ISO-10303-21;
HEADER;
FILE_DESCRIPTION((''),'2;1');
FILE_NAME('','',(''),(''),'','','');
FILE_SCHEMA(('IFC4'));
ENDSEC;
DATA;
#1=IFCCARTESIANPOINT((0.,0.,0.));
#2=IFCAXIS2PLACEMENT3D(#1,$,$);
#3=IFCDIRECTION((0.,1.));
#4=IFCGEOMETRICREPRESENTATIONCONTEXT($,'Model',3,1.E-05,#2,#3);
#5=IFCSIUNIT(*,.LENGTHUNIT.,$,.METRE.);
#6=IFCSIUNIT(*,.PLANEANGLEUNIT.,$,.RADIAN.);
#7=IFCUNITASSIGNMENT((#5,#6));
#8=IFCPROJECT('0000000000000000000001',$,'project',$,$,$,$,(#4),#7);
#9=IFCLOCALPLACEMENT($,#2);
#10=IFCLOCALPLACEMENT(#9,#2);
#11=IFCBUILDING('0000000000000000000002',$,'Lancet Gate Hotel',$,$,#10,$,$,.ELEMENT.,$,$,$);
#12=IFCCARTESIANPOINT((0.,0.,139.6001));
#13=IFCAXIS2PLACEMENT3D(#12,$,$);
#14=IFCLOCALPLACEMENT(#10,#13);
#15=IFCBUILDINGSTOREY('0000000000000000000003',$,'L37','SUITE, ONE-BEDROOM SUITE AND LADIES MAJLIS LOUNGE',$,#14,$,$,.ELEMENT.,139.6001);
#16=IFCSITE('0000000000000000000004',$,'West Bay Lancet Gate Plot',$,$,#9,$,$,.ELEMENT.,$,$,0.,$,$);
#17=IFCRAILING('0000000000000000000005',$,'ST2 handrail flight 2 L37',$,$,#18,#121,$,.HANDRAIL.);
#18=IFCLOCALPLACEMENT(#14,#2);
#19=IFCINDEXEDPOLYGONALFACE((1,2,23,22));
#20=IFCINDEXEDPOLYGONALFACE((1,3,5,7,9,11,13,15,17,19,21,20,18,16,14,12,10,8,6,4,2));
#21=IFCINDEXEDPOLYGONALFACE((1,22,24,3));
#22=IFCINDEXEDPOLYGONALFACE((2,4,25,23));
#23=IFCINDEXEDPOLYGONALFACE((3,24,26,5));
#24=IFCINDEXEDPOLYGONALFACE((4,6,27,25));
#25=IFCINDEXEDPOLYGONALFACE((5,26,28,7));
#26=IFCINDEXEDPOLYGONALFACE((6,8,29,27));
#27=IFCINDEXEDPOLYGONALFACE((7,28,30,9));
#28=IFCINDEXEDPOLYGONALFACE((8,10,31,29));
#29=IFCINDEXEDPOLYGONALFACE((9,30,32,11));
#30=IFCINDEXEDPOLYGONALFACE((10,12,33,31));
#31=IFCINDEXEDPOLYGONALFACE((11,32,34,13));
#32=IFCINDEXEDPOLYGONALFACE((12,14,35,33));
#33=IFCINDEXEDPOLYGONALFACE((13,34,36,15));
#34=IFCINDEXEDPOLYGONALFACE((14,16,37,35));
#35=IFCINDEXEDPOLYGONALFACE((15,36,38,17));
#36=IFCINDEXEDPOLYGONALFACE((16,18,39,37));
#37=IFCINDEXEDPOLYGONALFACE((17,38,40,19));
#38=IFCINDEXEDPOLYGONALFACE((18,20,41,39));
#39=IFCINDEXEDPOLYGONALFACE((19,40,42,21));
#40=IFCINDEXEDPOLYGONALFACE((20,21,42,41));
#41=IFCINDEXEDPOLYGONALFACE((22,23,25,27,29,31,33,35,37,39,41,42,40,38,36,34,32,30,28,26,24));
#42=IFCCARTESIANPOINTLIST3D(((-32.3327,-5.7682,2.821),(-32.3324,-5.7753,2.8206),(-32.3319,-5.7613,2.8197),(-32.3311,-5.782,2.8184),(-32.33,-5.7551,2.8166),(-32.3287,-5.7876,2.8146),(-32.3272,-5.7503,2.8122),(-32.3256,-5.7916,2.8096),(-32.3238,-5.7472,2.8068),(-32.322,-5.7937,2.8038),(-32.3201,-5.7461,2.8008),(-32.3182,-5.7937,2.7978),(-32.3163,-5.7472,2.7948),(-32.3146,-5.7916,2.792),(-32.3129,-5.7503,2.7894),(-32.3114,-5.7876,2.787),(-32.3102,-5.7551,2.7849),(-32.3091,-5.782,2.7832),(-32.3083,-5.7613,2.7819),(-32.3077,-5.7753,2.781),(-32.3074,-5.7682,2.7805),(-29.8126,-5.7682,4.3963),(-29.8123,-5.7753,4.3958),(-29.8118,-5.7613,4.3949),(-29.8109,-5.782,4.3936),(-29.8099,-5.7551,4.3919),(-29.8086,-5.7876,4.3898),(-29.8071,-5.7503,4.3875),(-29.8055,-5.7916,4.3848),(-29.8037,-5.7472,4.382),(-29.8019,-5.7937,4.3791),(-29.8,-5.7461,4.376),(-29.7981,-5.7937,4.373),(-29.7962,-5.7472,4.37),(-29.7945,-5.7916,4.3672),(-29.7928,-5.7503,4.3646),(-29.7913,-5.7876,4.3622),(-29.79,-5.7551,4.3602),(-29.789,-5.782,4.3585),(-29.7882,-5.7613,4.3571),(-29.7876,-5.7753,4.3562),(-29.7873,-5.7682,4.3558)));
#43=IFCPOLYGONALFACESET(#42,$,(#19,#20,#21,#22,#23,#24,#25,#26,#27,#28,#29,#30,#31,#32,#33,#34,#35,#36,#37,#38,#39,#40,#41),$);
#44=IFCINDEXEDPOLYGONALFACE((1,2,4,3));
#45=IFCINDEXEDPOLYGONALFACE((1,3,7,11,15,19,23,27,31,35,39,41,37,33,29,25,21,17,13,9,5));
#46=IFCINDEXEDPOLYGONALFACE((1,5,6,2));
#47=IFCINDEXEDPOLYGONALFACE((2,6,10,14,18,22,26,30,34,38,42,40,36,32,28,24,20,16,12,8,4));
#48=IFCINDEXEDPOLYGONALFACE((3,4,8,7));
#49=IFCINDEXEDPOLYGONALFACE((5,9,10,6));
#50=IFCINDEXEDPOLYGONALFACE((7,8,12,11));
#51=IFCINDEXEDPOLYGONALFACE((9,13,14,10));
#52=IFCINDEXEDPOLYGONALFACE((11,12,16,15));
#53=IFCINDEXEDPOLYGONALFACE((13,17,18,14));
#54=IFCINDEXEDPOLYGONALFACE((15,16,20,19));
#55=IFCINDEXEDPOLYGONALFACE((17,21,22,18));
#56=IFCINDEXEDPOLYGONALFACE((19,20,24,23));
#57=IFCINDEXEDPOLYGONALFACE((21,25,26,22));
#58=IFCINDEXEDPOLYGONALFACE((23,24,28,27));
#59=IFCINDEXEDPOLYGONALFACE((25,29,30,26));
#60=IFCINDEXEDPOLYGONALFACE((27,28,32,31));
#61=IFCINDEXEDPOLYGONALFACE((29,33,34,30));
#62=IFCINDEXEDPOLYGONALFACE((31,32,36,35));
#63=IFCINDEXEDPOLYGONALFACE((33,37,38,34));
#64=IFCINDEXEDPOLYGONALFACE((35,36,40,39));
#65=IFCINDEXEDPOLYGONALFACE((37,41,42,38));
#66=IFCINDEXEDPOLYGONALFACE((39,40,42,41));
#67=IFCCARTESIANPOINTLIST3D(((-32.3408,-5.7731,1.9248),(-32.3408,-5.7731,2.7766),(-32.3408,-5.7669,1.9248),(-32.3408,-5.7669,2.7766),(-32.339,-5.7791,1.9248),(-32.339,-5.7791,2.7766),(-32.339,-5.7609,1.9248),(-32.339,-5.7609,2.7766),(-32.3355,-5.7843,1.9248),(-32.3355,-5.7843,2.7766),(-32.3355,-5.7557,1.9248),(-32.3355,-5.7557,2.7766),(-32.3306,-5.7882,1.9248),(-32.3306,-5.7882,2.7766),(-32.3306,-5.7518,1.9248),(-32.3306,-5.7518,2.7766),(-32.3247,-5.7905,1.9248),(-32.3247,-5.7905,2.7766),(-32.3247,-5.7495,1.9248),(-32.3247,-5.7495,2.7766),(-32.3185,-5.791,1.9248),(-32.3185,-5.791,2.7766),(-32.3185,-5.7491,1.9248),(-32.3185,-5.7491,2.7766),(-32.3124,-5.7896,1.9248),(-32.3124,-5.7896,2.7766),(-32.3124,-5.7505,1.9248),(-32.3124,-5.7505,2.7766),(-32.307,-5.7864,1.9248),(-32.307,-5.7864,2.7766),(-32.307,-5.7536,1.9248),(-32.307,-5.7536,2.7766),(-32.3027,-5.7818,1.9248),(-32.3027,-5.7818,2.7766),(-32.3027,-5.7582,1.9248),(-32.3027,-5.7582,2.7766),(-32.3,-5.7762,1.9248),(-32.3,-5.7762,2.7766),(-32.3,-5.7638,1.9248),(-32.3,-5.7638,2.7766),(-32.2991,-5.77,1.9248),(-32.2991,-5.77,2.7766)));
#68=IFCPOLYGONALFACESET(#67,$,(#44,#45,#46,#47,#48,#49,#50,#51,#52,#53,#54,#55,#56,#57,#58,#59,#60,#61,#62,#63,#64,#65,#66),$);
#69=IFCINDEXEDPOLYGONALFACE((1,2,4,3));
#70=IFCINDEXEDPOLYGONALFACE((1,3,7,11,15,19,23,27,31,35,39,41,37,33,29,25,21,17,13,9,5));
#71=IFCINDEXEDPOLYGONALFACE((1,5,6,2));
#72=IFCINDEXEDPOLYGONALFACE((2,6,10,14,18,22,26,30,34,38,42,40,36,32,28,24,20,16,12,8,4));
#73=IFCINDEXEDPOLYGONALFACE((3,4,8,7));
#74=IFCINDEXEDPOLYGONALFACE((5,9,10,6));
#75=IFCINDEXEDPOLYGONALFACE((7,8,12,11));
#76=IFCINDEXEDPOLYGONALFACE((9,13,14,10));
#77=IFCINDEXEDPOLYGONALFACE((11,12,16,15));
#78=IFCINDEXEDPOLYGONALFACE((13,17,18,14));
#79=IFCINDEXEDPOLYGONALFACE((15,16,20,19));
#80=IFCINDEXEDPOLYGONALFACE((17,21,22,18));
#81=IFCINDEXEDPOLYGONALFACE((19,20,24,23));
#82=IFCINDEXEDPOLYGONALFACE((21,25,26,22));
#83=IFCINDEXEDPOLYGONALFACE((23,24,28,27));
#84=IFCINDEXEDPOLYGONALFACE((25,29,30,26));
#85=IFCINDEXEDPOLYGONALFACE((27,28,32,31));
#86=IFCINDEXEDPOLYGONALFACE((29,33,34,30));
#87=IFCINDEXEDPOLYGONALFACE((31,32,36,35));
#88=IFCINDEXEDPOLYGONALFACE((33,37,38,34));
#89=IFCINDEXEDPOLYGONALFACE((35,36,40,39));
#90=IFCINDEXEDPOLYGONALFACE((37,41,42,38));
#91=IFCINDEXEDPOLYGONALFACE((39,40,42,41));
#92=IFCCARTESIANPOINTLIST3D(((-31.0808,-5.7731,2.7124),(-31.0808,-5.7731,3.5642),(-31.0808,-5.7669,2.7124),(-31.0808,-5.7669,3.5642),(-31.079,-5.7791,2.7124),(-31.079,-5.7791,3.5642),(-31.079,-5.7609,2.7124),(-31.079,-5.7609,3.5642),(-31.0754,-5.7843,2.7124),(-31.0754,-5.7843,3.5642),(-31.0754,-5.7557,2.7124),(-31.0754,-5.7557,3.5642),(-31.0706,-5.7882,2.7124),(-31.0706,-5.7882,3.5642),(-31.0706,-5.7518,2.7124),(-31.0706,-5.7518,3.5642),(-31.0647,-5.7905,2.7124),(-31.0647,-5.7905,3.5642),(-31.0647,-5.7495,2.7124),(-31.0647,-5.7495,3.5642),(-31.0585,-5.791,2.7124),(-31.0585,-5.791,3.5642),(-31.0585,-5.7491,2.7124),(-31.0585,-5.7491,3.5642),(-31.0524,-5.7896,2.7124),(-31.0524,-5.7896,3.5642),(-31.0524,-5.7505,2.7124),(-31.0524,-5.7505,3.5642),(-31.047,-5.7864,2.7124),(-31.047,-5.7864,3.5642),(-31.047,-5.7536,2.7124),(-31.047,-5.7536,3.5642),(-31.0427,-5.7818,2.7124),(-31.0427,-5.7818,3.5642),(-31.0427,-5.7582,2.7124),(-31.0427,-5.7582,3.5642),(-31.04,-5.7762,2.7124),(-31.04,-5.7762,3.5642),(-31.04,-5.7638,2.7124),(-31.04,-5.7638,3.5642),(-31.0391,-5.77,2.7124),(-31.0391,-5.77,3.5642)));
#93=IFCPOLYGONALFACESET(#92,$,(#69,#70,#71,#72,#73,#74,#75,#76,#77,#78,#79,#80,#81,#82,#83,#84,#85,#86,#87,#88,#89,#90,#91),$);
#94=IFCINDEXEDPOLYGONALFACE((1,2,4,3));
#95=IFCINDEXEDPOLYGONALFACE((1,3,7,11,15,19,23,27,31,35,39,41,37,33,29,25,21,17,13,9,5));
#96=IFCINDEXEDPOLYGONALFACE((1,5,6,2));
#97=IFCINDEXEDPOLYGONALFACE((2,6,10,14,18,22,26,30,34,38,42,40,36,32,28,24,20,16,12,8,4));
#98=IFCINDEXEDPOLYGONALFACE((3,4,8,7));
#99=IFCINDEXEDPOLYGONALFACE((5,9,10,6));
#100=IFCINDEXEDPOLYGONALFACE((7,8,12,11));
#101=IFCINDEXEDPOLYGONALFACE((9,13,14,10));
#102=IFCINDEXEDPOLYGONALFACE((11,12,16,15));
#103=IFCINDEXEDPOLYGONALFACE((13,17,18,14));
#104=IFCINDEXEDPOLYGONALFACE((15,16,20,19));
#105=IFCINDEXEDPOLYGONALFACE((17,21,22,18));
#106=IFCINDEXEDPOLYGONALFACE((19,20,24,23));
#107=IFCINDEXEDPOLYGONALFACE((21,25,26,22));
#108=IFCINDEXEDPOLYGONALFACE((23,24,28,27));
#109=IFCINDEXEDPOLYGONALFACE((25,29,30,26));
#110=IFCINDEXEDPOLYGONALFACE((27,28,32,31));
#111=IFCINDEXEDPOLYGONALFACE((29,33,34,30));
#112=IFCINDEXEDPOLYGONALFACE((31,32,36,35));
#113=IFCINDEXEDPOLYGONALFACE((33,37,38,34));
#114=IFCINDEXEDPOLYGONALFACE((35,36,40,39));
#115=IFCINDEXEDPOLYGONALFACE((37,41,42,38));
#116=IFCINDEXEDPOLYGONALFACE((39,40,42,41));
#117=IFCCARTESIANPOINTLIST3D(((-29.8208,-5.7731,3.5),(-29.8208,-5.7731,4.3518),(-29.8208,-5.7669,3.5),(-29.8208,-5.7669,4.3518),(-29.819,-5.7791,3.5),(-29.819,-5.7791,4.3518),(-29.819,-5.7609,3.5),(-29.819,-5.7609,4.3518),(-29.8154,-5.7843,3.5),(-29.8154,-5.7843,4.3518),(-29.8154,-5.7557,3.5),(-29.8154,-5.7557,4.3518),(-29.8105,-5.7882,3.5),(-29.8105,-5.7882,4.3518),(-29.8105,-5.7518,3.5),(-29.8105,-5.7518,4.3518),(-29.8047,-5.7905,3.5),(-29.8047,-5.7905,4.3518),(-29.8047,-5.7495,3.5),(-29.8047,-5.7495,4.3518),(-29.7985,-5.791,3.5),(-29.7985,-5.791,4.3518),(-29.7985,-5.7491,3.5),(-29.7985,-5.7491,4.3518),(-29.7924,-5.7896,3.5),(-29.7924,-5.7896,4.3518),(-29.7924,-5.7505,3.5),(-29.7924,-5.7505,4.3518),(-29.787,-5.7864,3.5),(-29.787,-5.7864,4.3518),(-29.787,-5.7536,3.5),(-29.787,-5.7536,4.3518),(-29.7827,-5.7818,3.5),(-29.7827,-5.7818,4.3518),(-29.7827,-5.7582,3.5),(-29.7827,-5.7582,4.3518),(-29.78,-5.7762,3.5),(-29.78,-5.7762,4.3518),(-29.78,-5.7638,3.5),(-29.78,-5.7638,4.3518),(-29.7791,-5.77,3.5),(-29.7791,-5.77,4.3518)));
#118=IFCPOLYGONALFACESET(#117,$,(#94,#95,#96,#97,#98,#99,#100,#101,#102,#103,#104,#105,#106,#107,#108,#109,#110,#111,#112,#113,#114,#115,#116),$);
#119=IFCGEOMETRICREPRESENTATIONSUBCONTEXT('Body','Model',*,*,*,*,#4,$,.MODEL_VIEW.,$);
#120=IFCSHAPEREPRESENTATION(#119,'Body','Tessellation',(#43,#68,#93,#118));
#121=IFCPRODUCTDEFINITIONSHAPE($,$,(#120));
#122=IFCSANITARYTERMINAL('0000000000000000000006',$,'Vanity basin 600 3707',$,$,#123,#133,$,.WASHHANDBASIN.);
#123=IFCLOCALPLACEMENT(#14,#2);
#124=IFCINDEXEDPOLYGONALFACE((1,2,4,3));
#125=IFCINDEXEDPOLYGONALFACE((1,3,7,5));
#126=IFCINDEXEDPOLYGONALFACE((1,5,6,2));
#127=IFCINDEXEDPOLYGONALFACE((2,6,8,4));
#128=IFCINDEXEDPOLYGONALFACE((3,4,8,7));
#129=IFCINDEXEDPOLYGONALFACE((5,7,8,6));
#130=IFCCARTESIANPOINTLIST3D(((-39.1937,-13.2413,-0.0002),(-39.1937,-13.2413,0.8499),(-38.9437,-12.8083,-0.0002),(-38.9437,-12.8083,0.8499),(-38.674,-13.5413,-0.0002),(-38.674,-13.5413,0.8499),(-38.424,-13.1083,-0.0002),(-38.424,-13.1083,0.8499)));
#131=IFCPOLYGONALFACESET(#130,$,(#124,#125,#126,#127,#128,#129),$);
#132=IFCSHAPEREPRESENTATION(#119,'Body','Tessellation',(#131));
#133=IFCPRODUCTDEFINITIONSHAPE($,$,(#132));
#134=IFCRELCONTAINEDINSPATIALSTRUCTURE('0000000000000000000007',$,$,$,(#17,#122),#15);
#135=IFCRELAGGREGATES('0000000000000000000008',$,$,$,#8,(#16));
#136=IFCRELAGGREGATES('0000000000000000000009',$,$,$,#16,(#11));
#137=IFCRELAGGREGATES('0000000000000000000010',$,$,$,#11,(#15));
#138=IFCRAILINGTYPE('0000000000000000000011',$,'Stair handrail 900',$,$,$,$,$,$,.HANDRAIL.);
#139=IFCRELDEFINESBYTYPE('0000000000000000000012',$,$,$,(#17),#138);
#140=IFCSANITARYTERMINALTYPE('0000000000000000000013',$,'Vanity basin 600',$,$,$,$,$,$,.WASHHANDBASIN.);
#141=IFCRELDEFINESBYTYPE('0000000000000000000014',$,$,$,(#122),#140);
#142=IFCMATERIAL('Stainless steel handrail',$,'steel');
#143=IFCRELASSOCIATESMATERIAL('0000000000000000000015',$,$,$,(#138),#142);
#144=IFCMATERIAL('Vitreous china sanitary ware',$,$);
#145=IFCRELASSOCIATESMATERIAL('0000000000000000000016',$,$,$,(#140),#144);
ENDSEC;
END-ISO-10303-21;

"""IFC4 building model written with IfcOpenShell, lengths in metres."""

from ifc_helpers import new_model, si_unit, direction, frame, origin, origin_2d, place, context, subcontext, project, spatial, rectangle, circle, extrude, material, type_object, element, save


model = new_model("IFC4")

# Units and contexts
model_context = context("Model", 3, precision=1e-05, world=origin(), true_north=direction((0.0, 1.0)))
body_context = subcontext(model_context, "Body", "Model", "MODEL_VIEW")
ifc_project = project(units=[si_unit("LENGTHUNIT", "METRE"), si_unit("PLANEANGLEUNIT", "RADIAN")], contexts=[model_context])

# Site, building, storey
site_placement = place(None, origin())
site = spatial("IfcSite", under=ifc_project, at=site_placement, Name="West Bay Lancet Gate Plot", CompositionType="ELEMENT", RefElevation=0.0)
building_placement = place(site_placement, origin())
building = spatial("IfcBuilding", under=site, at=building_placement, Name="Lancet Gate Hotel", CompositionType="ELEMENT")
storey_placement = place(building_placement, frame((0.0, 0.0, 139.6001)))
storey = spatial("IfcBuildingStorey", under=building, at=storey_placement, Name="L37", Description="SUITE, ONE-BEDROOM SUITE AND LADIES MAJLIS LOUNGE", CompositionType="ELEMENT", Elevation=139.6001)

# Railing
ifc_material_1 = material(Name="Stainless steel handrail", Category="steel")
railing_type = type_object("IfcRailingType", Name="Stair handrail 900", PredefinedType="HANDRAIL", material=ifc_material_1)
railing_placement = place(storey_placement, frame((-32.3201, -5.77, 1.9248)))
element("IfcRailing", 1, at=railing_placement, inside=storey, type_object=railing_type, Name="ST2 handrail flight 2 L37", PredefinedType="HANDRAIL", context=body_context, shape_type="SweptSolid", body=[
    extrude(circle(Radius=0.0239, at=origin_2d()), frame((0.0, 0.0, 0.876), z_axis=(0.847971, 0.0, 0.530043), x_axis=(0.0, 1.0, 0.0)), (0.0, 0.0, 1.0), 2.9719),
    extrude(circle(Radius=0.021, at=origin_2d()), origin(), (0.0, 0.0, 1.0), 0.8518),
    extrude(circle(Radius=0.021, at=origin_2d()), frame((1.26, 0.0, 0.7876)), (0.0, 0.0, 1.0), 0.8518),
    extrude(circle(Radius=0.021, at=origin_2d()), frame((2.52, 0.0, 1.5752)), (0.0, 0.0, 1.0), 0.8518),
])

# Sanitary terminal
ifc_material_2 = material(Name="Vitreous china sanitary ware")
sanitary_terminal_type = type_object("IfcSanitaryTerminalType", Name="Vanity basin 600", PredefinedType="WASHHANDBASIN", material=ifc_material_2)
sanitary_terminal_placement = place(storey_placement, frame((-38.8088, -13.1748, -0.0002), z_axis=(0.0, 0.0, 1.0), x_axis=(-0.866025, 0.5, 0.0)))
element("IfcSanitaryTerminal", 2, at=sanitary_terminal_placement, inside=storey, type_object=sanitary_terminal_type, Name="Vanity basin 600 3707", PredefinedType="WASHHANDBASIN", context=body_context, shape_type="SweptSolid", body=[
    extrude(rectangle(XDim=0.6001, YDim=0.5, at=origin_2d()), origin(), (0.0, 0.0, 1.0), 0.8501),
])

save(model, "model.ifc")
